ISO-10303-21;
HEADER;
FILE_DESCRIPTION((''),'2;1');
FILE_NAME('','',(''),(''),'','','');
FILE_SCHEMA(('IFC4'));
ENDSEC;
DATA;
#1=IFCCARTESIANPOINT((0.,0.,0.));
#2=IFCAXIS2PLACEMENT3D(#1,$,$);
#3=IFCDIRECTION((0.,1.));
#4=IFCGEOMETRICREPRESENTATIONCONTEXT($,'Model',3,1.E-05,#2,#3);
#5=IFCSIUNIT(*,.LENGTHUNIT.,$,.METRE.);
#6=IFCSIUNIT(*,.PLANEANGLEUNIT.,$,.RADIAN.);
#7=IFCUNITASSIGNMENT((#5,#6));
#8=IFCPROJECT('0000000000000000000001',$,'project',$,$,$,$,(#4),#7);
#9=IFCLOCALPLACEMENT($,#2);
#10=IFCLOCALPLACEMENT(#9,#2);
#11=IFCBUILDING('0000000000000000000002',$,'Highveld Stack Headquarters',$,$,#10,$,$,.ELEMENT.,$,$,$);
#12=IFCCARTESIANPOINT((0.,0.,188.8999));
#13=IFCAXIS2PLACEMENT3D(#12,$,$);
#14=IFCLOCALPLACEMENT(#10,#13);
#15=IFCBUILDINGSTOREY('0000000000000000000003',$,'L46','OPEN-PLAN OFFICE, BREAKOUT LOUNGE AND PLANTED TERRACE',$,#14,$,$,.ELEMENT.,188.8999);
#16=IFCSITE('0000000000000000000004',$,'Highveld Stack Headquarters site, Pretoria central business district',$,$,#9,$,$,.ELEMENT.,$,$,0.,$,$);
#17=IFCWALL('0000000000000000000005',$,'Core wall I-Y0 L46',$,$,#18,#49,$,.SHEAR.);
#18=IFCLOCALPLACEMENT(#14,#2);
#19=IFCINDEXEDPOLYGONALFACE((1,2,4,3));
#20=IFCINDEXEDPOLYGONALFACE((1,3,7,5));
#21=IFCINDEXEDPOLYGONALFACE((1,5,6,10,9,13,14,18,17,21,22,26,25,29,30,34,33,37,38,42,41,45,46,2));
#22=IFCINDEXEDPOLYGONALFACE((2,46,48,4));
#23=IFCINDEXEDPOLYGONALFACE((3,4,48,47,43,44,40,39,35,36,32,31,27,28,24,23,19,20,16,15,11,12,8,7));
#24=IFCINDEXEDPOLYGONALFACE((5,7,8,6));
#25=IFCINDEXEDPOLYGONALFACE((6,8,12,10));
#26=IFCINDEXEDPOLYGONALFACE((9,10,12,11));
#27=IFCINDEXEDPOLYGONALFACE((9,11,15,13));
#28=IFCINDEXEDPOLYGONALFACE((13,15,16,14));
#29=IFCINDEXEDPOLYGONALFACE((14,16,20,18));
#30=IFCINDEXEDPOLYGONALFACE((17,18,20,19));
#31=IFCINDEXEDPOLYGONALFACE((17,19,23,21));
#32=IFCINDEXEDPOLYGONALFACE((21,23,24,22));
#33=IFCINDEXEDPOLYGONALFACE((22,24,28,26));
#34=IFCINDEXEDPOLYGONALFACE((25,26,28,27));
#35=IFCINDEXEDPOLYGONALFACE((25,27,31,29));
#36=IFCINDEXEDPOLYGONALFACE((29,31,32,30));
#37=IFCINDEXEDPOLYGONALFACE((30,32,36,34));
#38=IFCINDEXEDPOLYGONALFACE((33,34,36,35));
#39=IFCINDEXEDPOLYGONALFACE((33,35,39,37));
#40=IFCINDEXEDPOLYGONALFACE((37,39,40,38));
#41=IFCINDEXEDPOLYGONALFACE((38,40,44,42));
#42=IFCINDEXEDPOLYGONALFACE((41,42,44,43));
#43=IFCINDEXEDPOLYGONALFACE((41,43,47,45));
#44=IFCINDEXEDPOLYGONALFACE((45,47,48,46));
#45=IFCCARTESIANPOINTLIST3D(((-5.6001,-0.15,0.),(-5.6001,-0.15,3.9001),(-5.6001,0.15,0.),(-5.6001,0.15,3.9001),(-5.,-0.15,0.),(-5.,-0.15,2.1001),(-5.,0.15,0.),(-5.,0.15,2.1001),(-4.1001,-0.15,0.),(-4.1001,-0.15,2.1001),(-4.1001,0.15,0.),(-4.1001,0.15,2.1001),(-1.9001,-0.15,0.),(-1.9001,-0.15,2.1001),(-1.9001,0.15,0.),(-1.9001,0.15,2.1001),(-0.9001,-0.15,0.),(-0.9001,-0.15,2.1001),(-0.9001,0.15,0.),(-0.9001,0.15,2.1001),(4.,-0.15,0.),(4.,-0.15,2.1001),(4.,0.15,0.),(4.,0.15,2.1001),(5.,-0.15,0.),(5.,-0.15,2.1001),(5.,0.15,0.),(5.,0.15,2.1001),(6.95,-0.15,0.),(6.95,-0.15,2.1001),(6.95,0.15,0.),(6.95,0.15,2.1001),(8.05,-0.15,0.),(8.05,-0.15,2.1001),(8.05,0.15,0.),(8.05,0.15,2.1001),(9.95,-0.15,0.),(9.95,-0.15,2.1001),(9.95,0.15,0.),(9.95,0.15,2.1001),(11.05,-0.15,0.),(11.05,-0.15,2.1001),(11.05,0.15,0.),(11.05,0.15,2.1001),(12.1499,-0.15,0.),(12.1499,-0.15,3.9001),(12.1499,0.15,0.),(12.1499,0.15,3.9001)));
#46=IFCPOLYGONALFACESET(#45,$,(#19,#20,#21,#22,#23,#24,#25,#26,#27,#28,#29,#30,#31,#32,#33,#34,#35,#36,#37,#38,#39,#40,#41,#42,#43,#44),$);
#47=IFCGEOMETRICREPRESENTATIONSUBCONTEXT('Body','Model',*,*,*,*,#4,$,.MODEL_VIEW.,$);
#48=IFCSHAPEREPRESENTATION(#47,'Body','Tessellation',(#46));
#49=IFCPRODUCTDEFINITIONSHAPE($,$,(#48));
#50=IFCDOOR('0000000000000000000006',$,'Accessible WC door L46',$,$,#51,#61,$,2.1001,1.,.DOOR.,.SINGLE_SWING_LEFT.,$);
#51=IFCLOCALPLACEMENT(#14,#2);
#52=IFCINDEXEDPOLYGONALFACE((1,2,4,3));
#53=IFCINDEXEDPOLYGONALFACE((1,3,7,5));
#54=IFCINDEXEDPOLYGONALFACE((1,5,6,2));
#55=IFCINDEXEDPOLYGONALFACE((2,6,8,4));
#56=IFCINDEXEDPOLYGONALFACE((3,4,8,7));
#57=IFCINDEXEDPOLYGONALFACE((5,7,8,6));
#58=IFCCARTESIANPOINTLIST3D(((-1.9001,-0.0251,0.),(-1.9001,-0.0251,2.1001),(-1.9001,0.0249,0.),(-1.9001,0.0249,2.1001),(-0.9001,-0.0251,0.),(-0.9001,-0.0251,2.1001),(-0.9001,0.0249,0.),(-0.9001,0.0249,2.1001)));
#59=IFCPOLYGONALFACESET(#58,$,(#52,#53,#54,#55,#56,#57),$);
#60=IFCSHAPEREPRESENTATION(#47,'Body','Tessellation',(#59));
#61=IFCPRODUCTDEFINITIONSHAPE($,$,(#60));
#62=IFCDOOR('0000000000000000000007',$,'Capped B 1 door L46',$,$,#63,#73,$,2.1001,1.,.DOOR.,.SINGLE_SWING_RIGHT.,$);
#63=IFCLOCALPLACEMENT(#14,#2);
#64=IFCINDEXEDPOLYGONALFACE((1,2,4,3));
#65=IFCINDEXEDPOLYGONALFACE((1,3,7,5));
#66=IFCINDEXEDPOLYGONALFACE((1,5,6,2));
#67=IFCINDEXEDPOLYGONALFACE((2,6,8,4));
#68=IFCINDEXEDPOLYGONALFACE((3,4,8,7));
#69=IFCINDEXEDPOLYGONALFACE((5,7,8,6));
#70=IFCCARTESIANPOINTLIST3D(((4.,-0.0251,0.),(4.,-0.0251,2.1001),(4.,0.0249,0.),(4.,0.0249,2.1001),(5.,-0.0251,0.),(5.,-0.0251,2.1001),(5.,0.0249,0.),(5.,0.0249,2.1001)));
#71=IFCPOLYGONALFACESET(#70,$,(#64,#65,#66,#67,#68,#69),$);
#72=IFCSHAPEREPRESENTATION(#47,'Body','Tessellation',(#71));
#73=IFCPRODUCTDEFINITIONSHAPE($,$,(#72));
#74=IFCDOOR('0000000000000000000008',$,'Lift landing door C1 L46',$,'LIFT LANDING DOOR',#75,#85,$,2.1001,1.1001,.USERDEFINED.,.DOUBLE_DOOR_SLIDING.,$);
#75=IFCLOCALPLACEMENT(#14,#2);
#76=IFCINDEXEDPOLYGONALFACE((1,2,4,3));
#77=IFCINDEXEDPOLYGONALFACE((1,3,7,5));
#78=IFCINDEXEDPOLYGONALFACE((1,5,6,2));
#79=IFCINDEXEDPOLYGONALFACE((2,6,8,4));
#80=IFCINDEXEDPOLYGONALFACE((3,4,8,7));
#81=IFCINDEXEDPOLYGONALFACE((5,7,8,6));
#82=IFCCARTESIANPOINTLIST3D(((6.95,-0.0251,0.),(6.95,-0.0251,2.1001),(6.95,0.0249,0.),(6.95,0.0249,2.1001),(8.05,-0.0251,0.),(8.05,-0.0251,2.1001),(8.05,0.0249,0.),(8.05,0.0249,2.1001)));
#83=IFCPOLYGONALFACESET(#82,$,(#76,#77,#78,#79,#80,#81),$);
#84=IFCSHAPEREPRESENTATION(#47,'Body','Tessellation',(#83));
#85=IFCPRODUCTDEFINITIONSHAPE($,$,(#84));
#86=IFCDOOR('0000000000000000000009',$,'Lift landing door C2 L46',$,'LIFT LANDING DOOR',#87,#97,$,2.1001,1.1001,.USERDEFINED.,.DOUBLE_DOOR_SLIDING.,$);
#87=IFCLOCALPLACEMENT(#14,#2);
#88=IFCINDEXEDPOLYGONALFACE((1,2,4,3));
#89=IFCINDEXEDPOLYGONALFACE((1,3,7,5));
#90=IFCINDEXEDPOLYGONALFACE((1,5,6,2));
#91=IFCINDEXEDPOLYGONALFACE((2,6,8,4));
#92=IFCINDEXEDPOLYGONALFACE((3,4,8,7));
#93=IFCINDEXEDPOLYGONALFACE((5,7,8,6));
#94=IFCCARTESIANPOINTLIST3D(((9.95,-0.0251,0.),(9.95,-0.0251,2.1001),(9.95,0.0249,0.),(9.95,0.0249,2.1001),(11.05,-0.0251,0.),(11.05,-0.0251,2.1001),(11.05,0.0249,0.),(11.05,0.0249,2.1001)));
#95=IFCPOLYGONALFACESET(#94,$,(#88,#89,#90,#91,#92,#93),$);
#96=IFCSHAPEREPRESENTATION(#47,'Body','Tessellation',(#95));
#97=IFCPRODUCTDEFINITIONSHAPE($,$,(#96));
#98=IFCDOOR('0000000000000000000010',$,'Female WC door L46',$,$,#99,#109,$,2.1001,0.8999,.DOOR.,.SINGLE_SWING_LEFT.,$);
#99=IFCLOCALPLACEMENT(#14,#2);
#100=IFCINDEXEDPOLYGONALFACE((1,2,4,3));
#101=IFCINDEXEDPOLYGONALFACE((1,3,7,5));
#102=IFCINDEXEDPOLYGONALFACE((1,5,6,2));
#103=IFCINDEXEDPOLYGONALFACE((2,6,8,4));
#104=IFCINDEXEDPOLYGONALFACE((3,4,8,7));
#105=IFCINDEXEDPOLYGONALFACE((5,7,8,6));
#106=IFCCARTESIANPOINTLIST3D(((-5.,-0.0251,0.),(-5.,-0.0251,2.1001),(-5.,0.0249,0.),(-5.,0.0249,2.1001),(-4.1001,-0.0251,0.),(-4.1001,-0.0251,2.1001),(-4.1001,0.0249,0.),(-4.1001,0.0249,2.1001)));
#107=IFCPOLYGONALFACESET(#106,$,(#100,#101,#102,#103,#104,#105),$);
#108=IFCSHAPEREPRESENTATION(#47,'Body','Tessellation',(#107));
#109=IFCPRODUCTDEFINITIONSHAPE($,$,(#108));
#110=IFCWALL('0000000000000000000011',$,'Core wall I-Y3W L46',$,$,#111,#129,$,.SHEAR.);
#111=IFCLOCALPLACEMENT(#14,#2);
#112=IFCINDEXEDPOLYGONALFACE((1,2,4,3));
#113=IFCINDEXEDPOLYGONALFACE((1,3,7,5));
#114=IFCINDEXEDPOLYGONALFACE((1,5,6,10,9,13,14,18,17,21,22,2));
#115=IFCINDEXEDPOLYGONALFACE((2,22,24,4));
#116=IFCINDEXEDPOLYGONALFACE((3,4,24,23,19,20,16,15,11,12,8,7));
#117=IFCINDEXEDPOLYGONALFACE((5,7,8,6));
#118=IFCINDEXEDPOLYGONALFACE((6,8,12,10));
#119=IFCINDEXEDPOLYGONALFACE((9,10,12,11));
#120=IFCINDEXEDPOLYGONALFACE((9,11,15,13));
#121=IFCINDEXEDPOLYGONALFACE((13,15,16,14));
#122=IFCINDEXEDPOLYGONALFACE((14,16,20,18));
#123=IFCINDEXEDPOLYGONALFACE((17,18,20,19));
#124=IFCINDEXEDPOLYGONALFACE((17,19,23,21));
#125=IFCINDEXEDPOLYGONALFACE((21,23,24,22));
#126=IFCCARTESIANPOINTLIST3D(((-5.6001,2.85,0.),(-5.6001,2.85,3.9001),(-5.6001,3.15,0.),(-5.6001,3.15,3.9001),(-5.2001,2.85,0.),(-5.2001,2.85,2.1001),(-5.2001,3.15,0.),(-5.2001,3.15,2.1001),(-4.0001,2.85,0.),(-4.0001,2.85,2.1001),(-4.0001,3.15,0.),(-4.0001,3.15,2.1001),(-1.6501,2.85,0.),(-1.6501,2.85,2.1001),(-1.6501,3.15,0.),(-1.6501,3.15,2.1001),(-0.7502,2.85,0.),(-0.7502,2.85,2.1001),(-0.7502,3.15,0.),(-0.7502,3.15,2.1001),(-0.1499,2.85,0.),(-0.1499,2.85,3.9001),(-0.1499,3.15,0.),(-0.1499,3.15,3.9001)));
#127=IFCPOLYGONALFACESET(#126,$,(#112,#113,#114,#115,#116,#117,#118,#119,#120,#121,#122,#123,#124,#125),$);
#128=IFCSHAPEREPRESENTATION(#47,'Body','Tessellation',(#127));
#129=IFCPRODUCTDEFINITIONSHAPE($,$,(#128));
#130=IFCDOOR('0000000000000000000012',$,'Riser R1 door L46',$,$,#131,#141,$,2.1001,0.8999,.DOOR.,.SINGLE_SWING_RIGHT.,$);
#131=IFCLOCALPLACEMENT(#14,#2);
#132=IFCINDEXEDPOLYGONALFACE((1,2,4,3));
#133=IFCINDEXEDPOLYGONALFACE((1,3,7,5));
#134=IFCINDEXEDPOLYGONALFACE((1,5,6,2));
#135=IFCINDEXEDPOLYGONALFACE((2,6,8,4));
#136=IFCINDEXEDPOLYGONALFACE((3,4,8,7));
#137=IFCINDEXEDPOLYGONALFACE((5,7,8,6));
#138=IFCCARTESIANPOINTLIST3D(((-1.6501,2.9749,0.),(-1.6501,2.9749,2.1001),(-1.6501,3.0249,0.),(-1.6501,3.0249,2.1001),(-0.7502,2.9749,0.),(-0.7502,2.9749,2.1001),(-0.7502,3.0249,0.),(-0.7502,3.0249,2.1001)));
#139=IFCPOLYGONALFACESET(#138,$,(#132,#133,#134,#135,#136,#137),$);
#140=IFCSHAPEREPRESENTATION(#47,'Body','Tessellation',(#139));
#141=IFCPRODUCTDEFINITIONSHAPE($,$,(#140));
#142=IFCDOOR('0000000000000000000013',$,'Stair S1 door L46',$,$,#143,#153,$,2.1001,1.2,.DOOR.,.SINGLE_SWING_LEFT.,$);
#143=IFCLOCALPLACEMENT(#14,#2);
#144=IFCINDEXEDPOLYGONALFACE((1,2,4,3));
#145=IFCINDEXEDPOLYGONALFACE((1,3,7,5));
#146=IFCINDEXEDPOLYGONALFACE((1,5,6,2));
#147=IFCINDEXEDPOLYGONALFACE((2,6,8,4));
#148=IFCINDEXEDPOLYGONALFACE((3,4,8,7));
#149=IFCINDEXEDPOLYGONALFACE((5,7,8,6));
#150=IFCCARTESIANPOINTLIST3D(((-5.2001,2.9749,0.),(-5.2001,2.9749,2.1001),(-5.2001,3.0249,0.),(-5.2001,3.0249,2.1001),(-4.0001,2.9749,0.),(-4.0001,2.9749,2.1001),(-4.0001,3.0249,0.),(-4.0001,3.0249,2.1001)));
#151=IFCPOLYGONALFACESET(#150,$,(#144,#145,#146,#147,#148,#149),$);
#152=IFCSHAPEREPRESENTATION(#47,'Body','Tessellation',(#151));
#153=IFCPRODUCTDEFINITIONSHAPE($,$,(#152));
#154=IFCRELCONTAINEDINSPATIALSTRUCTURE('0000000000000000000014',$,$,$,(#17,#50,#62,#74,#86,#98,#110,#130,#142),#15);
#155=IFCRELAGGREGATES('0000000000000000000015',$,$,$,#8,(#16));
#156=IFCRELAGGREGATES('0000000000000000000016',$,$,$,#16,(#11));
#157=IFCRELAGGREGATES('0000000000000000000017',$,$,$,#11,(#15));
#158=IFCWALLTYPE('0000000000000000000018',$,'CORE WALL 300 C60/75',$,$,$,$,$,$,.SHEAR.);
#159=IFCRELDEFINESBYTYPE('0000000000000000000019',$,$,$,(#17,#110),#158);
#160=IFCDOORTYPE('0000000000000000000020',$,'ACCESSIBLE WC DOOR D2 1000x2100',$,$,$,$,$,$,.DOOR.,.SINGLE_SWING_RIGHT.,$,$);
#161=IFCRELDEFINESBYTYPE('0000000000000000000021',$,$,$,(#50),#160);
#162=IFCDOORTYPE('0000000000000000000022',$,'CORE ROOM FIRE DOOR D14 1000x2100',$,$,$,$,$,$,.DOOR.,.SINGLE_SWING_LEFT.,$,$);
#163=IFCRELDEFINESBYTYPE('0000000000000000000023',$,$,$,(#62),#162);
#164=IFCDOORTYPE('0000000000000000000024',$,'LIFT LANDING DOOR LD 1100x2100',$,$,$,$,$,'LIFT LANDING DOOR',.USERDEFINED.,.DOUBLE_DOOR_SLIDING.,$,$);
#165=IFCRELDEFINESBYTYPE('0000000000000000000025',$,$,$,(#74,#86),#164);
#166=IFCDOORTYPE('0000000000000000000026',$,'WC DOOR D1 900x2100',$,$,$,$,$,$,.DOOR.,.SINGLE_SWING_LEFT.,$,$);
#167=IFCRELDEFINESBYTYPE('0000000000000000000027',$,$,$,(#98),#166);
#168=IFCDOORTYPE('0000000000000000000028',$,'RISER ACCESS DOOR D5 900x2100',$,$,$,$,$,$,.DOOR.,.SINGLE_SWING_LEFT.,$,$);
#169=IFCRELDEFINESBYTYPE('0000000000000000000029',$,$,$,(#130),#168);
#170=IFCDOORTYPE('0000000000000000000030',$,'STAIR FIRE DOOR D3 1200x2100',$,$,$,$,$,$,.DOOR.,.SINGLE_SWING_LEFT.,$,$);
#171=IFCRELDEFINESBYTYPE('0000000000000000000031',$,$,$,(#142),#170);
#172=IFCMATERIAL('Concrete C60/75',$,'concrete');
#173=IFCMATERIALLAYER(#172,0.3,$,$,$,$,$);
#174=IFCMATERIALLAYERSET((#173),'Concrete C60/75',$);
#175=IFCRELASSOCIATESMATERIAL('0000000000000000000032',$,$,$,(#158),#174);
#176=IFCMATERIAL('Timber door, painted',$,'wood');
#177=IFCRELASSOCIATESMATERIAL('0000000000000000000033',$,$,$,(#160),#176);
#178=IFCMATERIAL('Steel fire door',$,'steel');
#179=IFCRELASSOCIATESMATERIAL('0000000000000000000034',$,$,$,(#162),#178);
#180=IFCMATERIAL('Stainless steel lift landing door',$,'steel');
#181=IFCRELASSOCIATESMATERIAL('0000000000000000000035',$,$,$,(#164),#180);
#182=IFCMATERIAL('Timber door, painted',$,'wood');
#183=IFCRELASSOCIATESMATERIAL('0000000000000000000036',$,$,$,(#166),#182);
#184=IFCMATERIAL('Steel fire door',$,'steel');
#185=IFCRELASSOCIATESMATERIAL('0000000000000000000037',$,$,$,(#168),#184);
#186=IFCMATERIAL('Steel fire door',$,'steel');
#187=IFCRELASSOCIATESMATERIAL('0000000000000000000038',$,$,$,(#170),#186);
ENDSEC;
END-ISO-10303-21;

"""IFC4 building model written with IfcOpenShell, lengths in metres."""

from ifc_helpers import new_model, si_unit, direction, frame, frame_2d, origin, place, context, subcontext, project, spatial, rectangle, extrude, material, layer, layer_set, type_object, element, fill, save


model = new_model("IFC4")

# Units and contexts
model_context = context("Model", 3, precision=1e-05, world=origin(), true_north=direction((0.0, 1.0)))
body_context = subcontext(model_context, "Body", "Model", "MODEL_VIEW")
ifc_project = project(units=[si_unit("LENGTHUNIT", "METRE"), si_unit("PLANEANGLEUNIT", "RADIAN")], contexts=[model_context])

# Site, building, storey
site_placement = place(None, origin())
site = spatial("IfcSite", under=ifc_project, at=site_placement, Name="Highveld Stack Headquarters site, Pretoria central business district", CompositionType="ELEMENT", RefElevation=0.0)
building_placement = place(site_placement, origin())
building = spatial("IfcBuilding", under=site, at=building_placement, Name="Highveld Stack Headquarters", CompositionType="ELEMENT")
storey_placement = place(building_placement, frame((0.0, 0.0, 188.8999)))
storey = spatial("IfcBuildingStorey", under=building, at=storey_placement, Name="L46", Description="OPEN-PLAN OFFICE, BREAKOUT LOUNGE AND PLANTED TERRACE", CompositionType="ELEMENT", Elevation=188.8999)

# Walls, openings, doors
ifc_material_1 = material(Name="Concrete C60/75", Category="concrete")
ifc_layer_1 = layer(ifc_material_1, 0.3)
ifc_layer_set_1 = layer_set([ifc_layer_1], Name="Concrete C60/75")
wall_type_1 = type_object("IfcWallType", Name="CORE WALL 300 C60/75", PredefinedType="SHEAR", material=ifc_layer_set_1)
wall_1_placement = place(storey_placement, frame((-5.6001, 0.0, 0.0), z_axis=(0.0, 0.0, 1.0), x_axis=(1.0, 0.0, 0.0)))
wall_1 = element("IfcWall", 1, at=wall_1_placement, inside=storey, type_object=wall_type_1, Name="Core wall I-Y0 L46", PredefinedType="SHEAR", context=body_context, shape_type="SweptSolid", body=[
    extrude(rectangle(XDim=17.75, YDim=0.3, at=frame_2d((8.875, 0.0))), origin(), (0.0, 0.0, 1.0), 3.9001),
])
opening_1_placement = place(wall_1_placement, frame((0.6001, 0.0, 0.0)))
opening_1 = element("IfcOpeningElement", 2, at=opening_1_placement, cuts=wall_1, PredefinedType="OPENING", context=body_context, shape_type="SweptSolid", body=[
    extrude(rectangle(XDim=0.8999, YDim=2.1001, at=frame_2d((0.45, 1.05))), frame((0.0, 0.1599, 0.0), z_axis=(0.0, -1.0, 0.0), x_axis=(1.0, 0.0, 0.0)), (0.0, 0.0, 1.0), 0.3201),
])
opening_2_placement = place(wall_1_placement, frame((3.7, 0.0, 0.0)))
opening_2 = element("IfcOpeningElement", 3, at=opening_2_placement, cuts=wall_1, PredefinedType="OPENING", context=body_context, shape_type="SweptSolid", body=[
    extrude(rectangle(XDim=1.0, YDim=2.1001, at=frame_2d((0.5, 1.05))), frame((0.0, 0.1599, 0.0), z_axis=(0.0, -1.0, 0.0), x_axis=(1.0, 0.0, 0.0)), (0.0, 0.0, 1.0), 0.3201),
])
opening_3_placement = place(wall_1_placement, frame((9.6001, 0.0, 0.0)))
opening_3 = element("IfcOpeningElement", 4, at=opening_3_placement, cuts=wall_1, PredefinedType="OPENING", context=body_context, shape_type="SweptSolid", body=[
    extrude(rectangle(XDim=1.0, YDim=2.1001, at=frame_2d((0.5, 1.05))), frame((0.0, 0.1599, 0.0), z_axis=(0.0, -1.0, 0.0), x_axis=(1.0, 0.0, 0.0)), (0.0, 0.0, 1.0), 0.3201),
])
opening_4_placement = place(wall_1_placement, frame((12.55, 0.0, 0.0)))
opening_4 = element("IfcOpeningElement", 5, at=opening_4_placement, cuts=wall_1, PredefinedType="OPENING", context=body_context, shape_type="SweptSolid", body=[
    extrude(rectangle(XDim=1.1001, YDim=2.1001, at=frame_2d((0.55, 1.05))), frame((0.0, 0.1599, 0.0), z_axis=(0.0, -1.0, 0.0), x_axis=(1.0, 0.0, 0.0)), (0.0, 0.0, 1.0), 0.3201),
])
opening_5_placement = place(wall_1_placement, frame((15.55, 0.0, 0.0)))
opening_5 = element("IfcOpeningElement", 6, at=opening_5_placement, cuts=wall_1, PredefinedType="OPENING", context=body_context, shape_type="SweptSolid", body=[
    extrude(rectangle(XDim=1.1001, YDim=2.1001, at=frame_2d((0.55, 1.05))), frame((0.0, 0.1599, 0.0), z_axis=(0.0, -1.0, 0.0), x_axis=(1.0, 0.0, 0.0)), (0.0, 0.0, 1.0), 0.3201),
])
ifc_material_2 = material(Name="Timber door, painted", Category="wood")
door_type_1 = type_object("IfcDoorType", Name="ACCESSIBLE WC DOOR D2 1000x2100", OperationType="SINGLE_SWING_RIGHT", PredefinedType="DOOR", material=ifc_material_2)
door_1_placement = place(opening_2_placement, origin())
door_1 = element("IfcDoor", 7, at=door_1_placement, inside=storey, type_object=door_type_1, Name="Accessible WC door L46", OperationType="SINGLE_SWING_LEFT", OverallHeight=2.1001, OverallWidth=1.0, PredefinedType="DOOR", context=body_context, shape_type="SweptSolid", body=[
    extrude(rectangle(XDim=1.0, YDim=2.1001, at=frame_2d((0.5, 1.05))), frame((0.0, 0.0249, 0.0), z_axis=(0.0, -1.0, 0.0), x_axis=(1.0, 0.0, 0.0)), (0.0, 0.0, 1.0), 0.05),
])
fill(opening_2, door_1)
ifc_material_3 = material(Name="Steel fire door", Category="steel")
door_type_2 = type_object("IfcDoorType", Name="CORE ROOM FIRE DOOR D14 1000x2100", OperationType="SINGLE_SWING_LEFT", PredefinedType="DOOR", material=ifc_material_3)
door_2_placement = place(opening_3_placement, origin())
door_2 = element("IfcDoor", 8, at=door_2_placement, inside=storey, type_object=door_type_2, Name="Capped B 1 door L46", OperationType="SINGLE_SWING_RIGHT", OverallHeight=2.1001, OverallWidth=1.0, PredefinedType="DOOR", context=body_context, shape_type="SweptSolid", body=[
    extrude(rectangle(XDim=1.0, YDim=2.1001, at=frame_2d((0.5, 1.05))), frame((0.0, 0.0249, 0.0), z_axis=(0.0, -1.0, 0.0), x_axis=(1.0, 0.0, 0.0)), (0.0, 0.0, 1.0), 0.05),
])
fill(opening_3, door_2)
ifc_material_4 = material(Name="Stainless steel lift landing door", Category="steel")
door_type_3 = type_object("IfcDoorType", Name="LIFT LANDING DOOR LD 1100x2100", ElementType="LIFT LANDING DOOR", OperationType="DOUBLE_DOOR_SLIDING", PredefinedType="USERDEFINED", material=ifc_material_4)
door_3_placement = place(opening_4_placement, origin())
door_3 = element("IfcDoor", 9, at=door_3_placement, inside=storey, type_object=door_type_3, Name="Lift landing door C1 L46", ObjectType="LIFT LANDING DOOR", OperationType="DOUBLE_DOOR_SLIDING", OverallHeight=2.1001, OverallWidth=1.1001, PredefinedType="USERDEFINED", context=body_context, shape_type="SweptSolid", body=[
    extrude(rectangle(XDim=1.1001, YDim=2.1001, at=frame_2d((0.55, 1.05))), frame((0.0, 0.0249, 0.0), z_axis=(0.0, -1.0, 0.0), x_axis=(1.0, 0.0, 0.0)), (0.0, 0.0, 1.0), 0.05),
])
fill(opening_4, door_3)
door_4_placement = place(opening_5_placement, origin())
door_4 = element("IfcDoor", 10, at=door_4_placement, inside=storey, type_object=door_type_3, Name="Lift landing door C2 L46", ObjectType="LIFT LANDING DOOR", OperationType="DOUBLE_DOOR_SLIDING", OverallHeight=2.1001, OverallWidth=1.1001, PredefinedType="USERDEFINED", context=body_context, shape_type="SweptSolid", body=[
    extrude(rectangle(XDim=1.1001, YDim=2.1001, at=frame_2d((0.55, 1.05))), frame((0.0, 0.0249, 0.0), z_axis=(0.0, -1.0, 0.0), x_axis=(1.0, 0.0, 0.0)), (0.0, 0.0, 1.0), 0.05),
])
fill(opening_5, door_4)
ifc_material_5 = material(Name="Timber door, painted", Category="wood")
door_type_4 = type_object("IfcDoorType", Name="WC DOOR D1 900x2100", OperationType="SINGLE_SWING_LEFT", PredefinedType="DOOR", material=ifc_material_5)
door_5_placement = place(opening_1_placement, origin())
door_5 = element("IfcDoor", 11, at=door_5_placement, inside=storey, type_object=door_type_4, Name="Female WC door L46", OperationType="SINGLE_SWING_LEFT", OverallHeight=2.1001, OverallWidth=0.8999, PredefinedType="DOOR", context=body_context, shape_type="SweptSolid", body=[
    extrude(rectangle(XDim=0.8999, YDim=2.1001, at=frame_2d((0.45, 1.05))), frame((0.0, 0.0249, 0.0), z_axis=(0.0, -1.0, 0.0), x_axis=(1.0, 0.0, 0.0)), (0.0, 0.0, 1.0), 0.05),
])
fill(opening_1, door_5)
wall_2_placement = place(storey_placement, frame((-5.6001, 3.0, 0.0), z_axis=(0.0, 0.0, 1.0), x_axis=(1.0, 0.0, 0.0)))
wall_2 = element("IfcWall", 12, at=wall_2_placement, inside=storey, type_object=wall_type_1, Name="Core wall I-Y3W L46", PredefinedType="SHEAR", context=body_context, shape_type="SweptSolid", body=[
    extrude(rectangle(XDim=5.4502, YDim=0.3, at=frame_2d((2.7251, 0.0))), origin(), (0.0, 0.0, 1.0), 3.9001),
])
opening_6_placement = place(wall_2_placement, frame((0.3999, 0.0, 0.0)))
opening_6 = element("IfcOpeningElement", 13, at=opening_6_placement, cuts=wall_2, PredefinedType="OPENING", context=body_context, shape_type="SweptSolid", body=[
    extrude(rectangle(XDim=1.2, YDim=2.1001, at=frame_2d((0.6001, 1.05))), frame((0.0, 0.1599, 0.0), z_axis=(0.0, -1.0, 0.0), x_axis=(1.0, 0.0, 0.0)), (0.0, 0.0, 1.0), 0.3201),
])
opening_7_placement = place(wall_2_placement, frame((3.95, 0.0, 0.0)))
opening_7 = element("IfcOpeningElement", 14, at=opening_7_placement, cuts=wall_2, PredefinedType="OPENING", context=body_context, shape_type="SweptSolid", body=[
    extrude(rectangle(XDim=0.8999, YDim=2.1001, at=frame_2d((0.45, 1.05))), frame((0.0, 0.1599, 0.0), z_axis=(0.0, -1.0, 0.0), x_axis=(1.0, 0.0, 0.0)), (0.0, 0.0, 1.0), 0.3201),
])
ifc_material_6 = material(Name="Steel fire door", Category="steel")
door_type_5 = type_object("IfcDoorType", Name="RISER ACCESS DOOR D5 900x2100", OperationType="SINGLE_SWING_LEFT", PredefinedType="DOOR", material=ifc_material_6)
door_6_placement = place(opening_7_placement, origin())
door_6 = element("IfcDoor", 15, at=door_6_placement, inside=storey, type_object=door_type_5, Name="Riser R1 door L46", OperationType="SINGLE_SWING_RIGHT", OverallHeight=2.1001, OverallWidth=0.8999, PredefinedType="DOOR", context=body_context, shape_type="SweptSolid", body=[
    extrude(rectangle(XDim=0.8999, YDim=2.1001, at=frame_2d((0.45, 1.05))), frame((0.0, 0.0249, 0.0), z_axis=(0.0, -1.0, 0.0), x_axis=(1.0, 0.0, 0.0)), (0.0, 0.0, 1.0), 0.05),
])
fill(opening_7, door_6)
ifc_material_7 = material(Name="Steel fire door", Category="steel")
door_type_6 = type_object("IfcDoorType", Name="STAIR FIRE DOOR D3 1200x2100", OperationType="SINGLE_SWING_LEFT", PredefinedType="DOOR", material=ifc_material_7)
door_7_placement = place(opening_6_placement, origin())
door_7 = element("IfcDoor", 16, at=door_7_placement, inside=storey, type_object=door_type_6, Name="Stair S1 door L46", OperationType="SINGLE_SWING_LEFT", OverallHeight=2.1001, OverallWidth=1.2, PredefinedType="DOOR", context=body_context, shape_type="SweptSolid", body=[
    extrude(rectangle(XDim=1.2, YDim=2.1001, at=frame_2d((0.6001, 1.05))), frame((0.0, 0.0249, 0.0), z_axis=(0.0, -1.0, 0.0), x_axis=(1.0, 0.0, 0.0)), (0.0, 0.0, 1.0), 0.05),
])
fill(opening_6, door_7)

save(model, "model.ifc")
